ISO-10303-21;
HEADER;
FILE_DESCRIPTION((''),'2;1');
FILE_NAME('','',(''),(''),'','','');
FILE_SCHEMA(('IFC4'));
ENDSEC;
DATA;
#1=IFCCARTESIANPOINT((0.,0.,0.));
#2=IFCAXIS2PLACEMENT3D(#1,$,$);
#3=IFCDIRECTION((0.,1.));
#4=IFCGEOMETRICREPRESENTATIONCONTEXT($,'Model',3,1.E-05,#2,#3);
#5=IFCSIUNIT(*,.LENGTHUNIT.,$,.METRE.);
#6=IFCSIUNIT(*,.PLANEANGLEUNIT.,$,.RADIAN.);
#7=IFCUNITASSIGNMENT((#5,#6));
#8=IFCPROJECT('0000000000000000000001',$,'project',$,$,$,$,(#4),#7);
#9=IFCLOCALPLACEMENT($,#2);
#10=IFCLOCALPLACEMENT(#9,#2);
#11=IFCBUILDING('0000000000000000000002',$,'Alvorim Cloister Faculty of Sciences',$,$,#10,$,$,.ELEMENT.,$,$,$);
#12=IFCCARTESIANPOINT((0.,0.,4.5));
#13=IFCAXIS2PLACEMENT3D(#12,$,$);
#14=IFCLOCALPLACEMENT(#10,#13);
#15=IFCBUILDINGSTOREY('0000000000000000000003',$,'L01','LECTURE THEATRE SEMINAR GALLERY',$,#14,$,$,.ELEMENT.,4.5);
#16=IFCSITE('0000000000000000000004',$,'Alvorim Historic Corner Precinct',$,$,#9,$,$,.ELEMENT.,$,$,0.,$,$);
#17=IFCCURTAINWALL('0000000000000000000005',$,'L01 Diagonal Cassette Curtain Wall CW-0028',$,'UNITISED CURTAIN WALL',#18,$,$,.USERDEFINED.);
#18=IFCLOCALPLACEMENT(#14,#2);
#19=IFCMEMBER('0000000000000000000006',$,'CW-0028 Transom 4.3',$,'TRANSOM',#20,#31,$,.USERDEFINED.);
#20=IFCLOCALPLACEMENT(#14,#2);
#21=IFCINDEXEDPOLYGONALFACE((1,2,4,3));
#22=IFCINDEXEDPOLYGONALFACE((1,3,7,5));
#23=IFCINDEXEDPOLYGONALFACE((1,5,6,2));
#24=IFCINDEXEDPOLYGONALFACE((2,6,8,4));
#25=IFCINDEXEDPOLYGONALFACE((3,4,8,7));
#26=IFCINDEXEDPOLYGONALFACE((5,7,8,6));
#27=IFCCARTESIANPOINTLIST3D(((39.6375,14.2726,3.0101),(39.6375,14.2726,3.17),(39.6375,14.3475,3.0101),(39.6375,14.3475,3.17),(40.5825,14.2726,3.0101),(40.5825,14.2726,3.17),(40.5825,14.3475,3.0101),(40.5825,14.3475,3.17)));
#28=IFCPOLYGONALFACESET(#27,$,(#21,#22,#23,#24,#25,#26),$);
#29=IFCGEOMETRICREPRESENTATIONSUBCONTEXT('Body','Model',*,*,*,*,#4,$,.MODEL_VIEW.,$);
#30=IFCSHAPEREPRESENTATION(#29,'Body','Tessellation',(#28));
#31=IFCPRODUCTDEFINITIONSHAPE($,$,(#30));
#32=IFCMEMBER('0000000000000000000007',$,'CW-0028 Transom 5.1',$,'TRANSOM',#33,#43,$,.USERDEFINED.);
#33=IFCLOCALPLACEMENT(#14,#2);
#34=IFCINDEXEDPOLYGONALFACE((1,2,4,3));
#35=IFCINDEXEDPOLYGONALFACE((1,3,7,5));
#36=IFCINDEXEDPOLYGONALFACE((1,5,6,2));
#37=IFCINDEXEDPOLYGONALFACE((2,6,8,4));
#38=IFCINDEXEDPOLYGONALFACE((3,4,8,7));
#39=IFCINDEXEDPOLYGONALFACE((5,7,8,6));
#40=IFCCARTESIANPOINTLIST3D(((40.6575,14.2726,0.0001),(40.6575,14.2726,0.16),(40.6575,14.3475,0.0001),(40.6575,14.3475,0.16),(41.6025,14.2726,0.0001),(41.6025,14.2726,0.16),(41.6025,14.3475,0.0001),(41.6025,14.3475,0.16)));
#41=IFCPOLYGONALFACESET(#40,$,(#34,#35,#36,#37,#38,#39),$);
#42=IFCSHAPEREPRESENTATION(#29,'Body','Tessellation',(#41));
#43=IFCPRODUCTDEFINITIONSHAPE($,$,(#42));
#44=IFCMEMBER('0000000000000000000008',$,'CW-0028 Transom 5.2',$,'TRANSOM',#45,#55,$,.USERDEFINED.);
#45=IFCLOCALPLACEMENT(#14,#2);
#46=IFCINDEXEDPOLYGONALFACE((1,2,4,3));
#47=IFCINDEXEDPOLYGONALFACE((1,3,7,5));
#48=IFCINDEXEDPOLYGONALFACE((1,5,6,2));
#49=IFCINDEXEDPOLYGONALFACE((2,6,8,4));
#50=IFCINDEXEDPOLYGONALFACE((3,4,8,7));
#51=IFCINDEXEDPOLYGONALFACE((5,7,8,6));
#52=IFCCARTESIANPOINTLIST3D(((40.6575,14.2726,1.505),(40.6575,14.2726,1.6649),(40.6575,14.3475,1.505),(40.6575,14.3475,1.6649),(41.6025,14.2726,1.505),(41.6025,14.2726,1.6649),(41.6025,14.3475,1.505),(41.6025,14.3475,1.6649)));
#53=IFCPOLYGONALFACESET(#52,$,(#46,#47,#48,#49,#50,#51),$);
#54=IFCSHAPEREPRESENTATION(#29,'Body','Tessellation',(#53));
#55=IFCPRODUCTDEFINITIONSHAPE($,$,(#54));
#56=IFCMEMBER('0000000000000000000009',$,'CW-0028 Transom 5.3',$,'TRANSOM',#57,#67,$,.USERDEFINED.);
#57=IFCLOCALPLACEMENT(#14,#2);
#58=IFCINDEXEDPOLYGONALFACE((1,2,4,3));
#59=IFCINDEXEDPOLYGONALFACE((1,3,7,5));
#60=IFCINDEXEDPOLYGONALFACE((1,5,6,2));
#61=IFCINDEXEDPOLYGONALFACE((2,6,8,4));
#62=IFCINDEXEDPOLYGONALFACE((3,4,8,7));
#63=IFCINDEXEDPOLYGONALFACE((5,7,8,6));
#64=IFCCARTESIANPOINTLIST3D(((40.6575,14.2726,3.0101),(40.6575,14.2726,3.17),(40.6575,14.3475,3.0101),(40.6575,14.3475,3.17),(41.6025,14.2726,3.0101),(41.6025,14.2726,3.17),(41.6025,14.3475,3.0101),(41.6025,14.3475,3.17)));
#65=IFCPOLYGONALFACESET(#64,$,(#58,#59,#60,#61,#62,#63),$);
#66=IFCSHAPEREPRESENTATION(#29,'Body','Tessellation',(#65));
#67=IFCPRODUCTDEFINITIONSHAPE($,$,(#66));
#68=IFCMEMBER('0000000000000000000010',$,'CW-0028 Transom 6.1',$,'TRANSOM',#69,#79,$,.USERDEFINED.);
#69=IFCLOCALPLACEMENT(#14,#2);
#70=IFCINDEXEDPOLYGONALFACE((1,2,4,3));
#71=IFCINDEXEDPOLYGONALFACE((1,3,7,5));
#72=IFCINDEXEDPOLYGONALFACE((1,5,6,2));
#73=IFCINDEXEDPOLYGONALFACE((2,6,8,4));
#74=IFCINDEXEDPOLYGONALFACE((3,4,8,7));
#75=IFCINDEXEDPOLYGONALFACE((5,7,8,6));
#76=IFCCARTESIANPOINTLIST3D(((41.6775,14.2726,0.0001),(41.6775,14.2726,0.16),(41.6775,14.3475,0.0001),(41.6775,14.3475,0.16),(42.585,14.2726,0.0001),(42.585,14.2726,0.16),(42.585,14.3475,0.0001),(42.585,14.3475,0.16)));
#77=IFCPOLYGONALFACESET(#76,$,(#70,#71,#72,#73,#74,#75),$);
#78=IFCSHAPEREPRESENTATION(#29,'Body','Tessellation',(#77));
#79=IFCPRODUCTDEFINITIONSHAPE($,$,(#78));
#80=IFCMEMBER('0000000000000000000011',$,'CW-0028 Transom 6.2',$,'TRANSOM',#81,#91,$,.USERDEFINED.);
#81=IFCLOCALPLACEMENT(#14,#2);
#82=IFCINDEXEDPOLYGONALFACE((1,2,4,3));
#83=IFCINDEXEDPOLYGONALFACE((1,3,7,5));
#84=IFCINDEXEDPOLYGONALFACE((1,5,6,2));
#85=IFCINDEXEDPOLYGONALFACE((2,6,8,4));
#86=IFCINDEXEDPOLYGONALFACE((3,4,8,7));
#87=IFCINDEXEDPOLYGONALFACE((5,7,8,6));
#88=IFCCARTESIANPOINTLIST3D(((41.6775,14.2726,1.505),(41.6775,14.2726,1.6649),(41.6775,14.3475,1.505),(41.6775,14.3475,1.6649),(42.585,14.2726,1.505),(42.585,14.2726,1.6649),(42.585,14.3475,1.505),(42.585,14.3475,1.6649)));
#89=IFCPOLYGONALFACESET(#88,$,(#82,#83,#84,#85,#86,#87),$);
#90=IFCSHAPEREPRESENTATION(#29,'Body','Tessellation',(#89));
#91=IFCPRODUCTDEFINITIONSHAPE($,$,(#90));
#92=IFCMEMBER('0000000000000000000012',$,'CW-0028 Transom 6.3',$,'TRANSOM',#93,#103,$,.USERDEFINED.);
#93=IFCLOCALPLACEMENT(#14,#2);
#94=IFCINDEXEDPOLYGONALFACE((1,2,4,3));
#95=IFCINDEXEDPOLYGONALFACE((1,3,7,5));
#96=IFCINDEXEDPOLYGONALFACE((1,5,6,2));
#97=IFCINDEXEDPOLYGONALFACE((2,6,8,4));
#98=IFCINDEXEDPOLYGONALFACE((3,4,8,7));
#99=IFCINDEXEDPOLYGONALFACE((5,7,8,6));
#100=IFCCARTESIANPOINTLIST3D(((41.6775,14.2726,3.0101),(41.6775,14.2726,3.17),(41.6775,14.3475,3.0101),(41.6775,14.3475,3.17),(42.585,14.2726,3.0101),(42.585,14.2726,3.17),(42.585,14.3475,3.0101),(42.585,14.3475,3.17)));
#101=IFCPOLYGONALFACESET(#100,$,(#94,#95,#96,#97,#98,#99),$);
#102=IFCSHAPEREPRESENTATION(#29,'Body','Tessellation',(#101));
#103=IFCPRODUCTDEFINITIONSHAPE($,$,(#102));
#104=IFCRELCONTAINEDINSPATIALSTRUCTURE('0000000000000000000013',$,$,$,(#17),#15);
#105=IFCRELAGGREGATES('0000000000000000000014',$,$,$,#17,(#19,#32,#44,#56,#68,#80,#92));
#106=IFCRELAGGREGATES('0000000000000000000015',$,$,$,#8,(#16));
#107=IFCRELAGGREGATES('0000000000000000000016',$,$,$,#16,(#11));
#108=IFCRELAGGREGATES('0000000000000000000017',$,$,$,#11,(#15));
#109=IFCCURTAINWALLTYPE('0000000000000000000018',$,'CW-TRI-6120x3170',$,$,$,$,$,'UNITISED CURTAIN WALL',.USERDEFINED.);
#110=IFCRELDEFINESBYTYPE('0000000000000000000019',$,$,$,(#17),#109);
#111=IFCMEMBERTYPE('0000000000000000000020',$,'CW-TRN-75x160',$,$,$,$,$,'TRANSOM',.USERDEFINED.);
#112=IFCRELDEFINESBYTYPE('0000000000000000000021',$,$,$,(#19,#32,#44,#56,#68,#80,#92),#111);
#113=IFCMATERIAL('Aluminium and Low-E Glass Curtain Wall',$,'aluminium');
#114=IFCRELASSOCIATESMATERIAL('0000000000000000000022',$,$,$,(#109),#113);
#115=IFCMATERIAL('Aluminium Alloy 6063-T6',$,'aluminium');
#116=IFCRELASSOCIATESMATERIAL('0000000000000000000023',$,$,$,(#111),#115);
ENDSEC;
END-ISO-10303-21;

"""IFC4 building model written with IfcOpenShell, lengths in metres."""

from ifc_helpers import new_model, si_unit, direction, frame, origin, origin_2d, place, context, subcontext, project, spatial, rectangle, extrude, material, material_profile, profile_set, type_object, element, aggregate, save


model = new_model("IFC4")

# Units and contexts
model_context = context("Model", 3, precision=1e-05, world=origin(), true_north=direction((0.0, 1.0)))
body_context = subcontext(model_context, "Body", "Model", "MODEL_VIEW")
ifc_project = project(units=[si_unit("LENGTHUNIT", "METRE"), si_unit("PLANEANGLEUNIT", "RADIAN")], contexts=[model_context])

# Site, building, storey
site_placement = place(None, origin())
site = spatial("IfcSite", under=ifc_project, at=site_placement, Name="Alvorim Historic Corner Precinct", CompositionType="ELEMENT", RefElevation=0.0)
building_placement = place(site_placement, origin())
building = spatial("IfcBuilding", under=site, at=building_placement, Name="Alvorim Cloister Faculty of Sciences", CompositionType="ELEMENT")
storey_placement = place(building_placement, frame((0.0, 0.0, 4.5)))
storey = spatial("IfcBuildingStorey", under=building, at=storey_placement, Name="L01", Description="LECTURE THEATRE SEMINAR GALLERY", CompositionType="ELEMENT", Elevation=4.5)

# Curtain wall
ifc_material_1 = material(Name="Aluminium and Low-E Glass Curtain Wall", Category="aluminium")
curtain_wall_type = type_object("IfcCurtainWallType", Name="CW-TRI-6120x3170", ElementType="UNITISED CURTAIN WALL", PredefinedType="USERDEFINED", material=ifc_material_1)
curtain_wall_1_placement = place(storey_placement, origin())
curtain_wall_1 = element("IfcCurtainWall", 1, at=curtain_wall_1_placement, inside=storey, type_object=curtain_wall_type, Name="L01 Diagonal Cassette Curtain Wall CW-0028", ObjectType="UNITISED CURTAIN WALL", PredefinedType="USERDEFINED")
ifc_material_2 = material(Name="Aluminium Alloy 6063-T6", Category="aluminium")

# Members
ifc_material_profile_1 = material_profile(ifc_material_2, rectangle(XDim=0.075, YDim=0.1599, at=origin_2d()), Name="ALU-TRN-75x160")
ifc_profile_set_1 = profile_set([ifc_material_profile_1], Name="Aluminium Alloy 6063-T6")
member_type_1 = type_object("IfcMemberType", Name="CW-TRN-75x160", ElementType="TRANSOM", PredefinedType="USERDEFINED", material=ifc_profile_set_1)
member_1_placement = place(storey_placement, frame((39.6375, 14.3101, 3.0901), z_axis=(1.0, 0.0, 0.0), x_axis=(0.0, 1.0, 0.0)))
member_1 = element("IfcMember", 2, at=member_1_placement, type_object=member_type_1, Name="CW-0028 Transom 4.3", ObjectType="TRANSOM", PredefinedType="USERDEFINED", context=body_context, shape_type="SweptSolid", body=[
    extrude(rectangle(XDim=0.075, YDim=0.1599, at=origin_2d()), origin(), (0.0, 0.0, 1.0), 0.9451),
])
member_2_placement = place(storey_placement, frame((40.6575, 14.3101, 0.0801), z_axis=(1.0, 0.0, 0.0), x_axis=(0.0, 1.0, 0.0)))
member_2 = element("IfcMember", 3, at=member_2_placement, type_object=member_type_1, Name="CW-0028 Transom 5.1", ObjectType="TRANSOM", PredefinedType="USERDEFINED", context=body_context, shape_type="SweptSolid", body=[
    extrude(rectangle(XDim=0.075, YDim=0.1599, at=origin_2d()), origin(), (0.0, 0.0, 1.0), 0.9451),
])
member_3_placement = place(storey_placement, frame((40.6575, 14.3101, 1.585), z_axis=(1.0, 0.0, 0.0), x_axis=(0.0, 1.0, 0.0)))
member_3 = element("IfcMember", 4, at=member_3_placement, type_object=member_type_1, Name="CW-0028 Transom 5.2", ObjectType="TRANSOM", PredefinedType="USERDEFINED", context=body_context, shape_type="SweptSolid", body=[
    extrude(rectangle(XDim=0.075, YDim=0.1599, at=origin_2d()), origin(), (0.0, 0.0, 1.0), 0.9451),
])
member_4_placement = place(storey_placement, frame((40.6575, 14.3101, 3.0901), z_axis=(1.0, 0.0, 0.0), x_axis=(0.0, 1.0, 0.0)))
member_4 = element("IfcMember", 5, at=member_4_placement, type_object=member_type_1, Name="CW-0028 Transom 5.3", ObjectType="TRANSOM", PredefinedType="USERDEFINED", context=body_context, shape_type="SweptSolid", body=[
    extrude(rectangle(XDim=0.075, YDim=0.1599, at=origin_2d()), origin(), (0.0, 0.0, 1.0), 0.9451),
])
member_5_placement = place(storey_placement, frame((41.6775, 14.3101, 0.0801), z_axis=(1.0, 0.0, 0.0), x_axis=(0.0, 1.0, 0.0)))
member_5 = element("IfcMember", 6, at=member_5_placement, type_object=member_type_1, Name="CW-0028 Transom 6.1", ObjectType="TRANSOM", PredefinedType="USERDEFINED", context=body_context, shape_type="SweptSolid", body=[
    extrude(rectangle(XDim=0.075, YDim=0.1599, at=origin_2d()), origin(), (0.0, 0.0, 1.0), 0.9075),
])
member_6_placement = place(storey_placement, frame((41.6775, 14.3101, 1.585), z_axis=(1.0, 0.0, 0.0), x_axis=(0.0, 1.0, 0.0)))
member_6 = element("IfcMember", 7, at=member_6_placement, type_object=member_type_1, Name="CW-0028 Transom 6.2", ObjectType="TRANSOM", PredefinedType="USERDEFINED", context=body_context, shape_type="SweptSolid", body=[
    extrude(rectangle(XDim=0.075, YDim=0.1599, at=origin_2d()), origin(), (0.0, 0.0, 1.0), 0.9075),
])
member_7_placement = place(storey_placement, frame((41.6775, 14.3101, 3.0901), z_axis=(1.0, 0.0, 0.0), x_axis=(0.0, 1.0, 0.0)))
member_7 = element("IfcMember", 8, at=member_7_placement, type_object=member_type_1, Name="CW-0028 Transom 6.3", ObjectType="TRANSOM", PredefinedType="USERDEFINED", context=body_context, shape_type="SweptSolid", body=[
    extrude(rectangle(XDim=0.075, YDim=0.1599, at=origin_2d()), origin(), (0.0, 0.0, 1.0), 0.9075),
])
aggregate(curtain_wall_1, [member_1, member_2, member_3, member_4, member_5, member_6, member_7])

save(model, "model.ifc")
